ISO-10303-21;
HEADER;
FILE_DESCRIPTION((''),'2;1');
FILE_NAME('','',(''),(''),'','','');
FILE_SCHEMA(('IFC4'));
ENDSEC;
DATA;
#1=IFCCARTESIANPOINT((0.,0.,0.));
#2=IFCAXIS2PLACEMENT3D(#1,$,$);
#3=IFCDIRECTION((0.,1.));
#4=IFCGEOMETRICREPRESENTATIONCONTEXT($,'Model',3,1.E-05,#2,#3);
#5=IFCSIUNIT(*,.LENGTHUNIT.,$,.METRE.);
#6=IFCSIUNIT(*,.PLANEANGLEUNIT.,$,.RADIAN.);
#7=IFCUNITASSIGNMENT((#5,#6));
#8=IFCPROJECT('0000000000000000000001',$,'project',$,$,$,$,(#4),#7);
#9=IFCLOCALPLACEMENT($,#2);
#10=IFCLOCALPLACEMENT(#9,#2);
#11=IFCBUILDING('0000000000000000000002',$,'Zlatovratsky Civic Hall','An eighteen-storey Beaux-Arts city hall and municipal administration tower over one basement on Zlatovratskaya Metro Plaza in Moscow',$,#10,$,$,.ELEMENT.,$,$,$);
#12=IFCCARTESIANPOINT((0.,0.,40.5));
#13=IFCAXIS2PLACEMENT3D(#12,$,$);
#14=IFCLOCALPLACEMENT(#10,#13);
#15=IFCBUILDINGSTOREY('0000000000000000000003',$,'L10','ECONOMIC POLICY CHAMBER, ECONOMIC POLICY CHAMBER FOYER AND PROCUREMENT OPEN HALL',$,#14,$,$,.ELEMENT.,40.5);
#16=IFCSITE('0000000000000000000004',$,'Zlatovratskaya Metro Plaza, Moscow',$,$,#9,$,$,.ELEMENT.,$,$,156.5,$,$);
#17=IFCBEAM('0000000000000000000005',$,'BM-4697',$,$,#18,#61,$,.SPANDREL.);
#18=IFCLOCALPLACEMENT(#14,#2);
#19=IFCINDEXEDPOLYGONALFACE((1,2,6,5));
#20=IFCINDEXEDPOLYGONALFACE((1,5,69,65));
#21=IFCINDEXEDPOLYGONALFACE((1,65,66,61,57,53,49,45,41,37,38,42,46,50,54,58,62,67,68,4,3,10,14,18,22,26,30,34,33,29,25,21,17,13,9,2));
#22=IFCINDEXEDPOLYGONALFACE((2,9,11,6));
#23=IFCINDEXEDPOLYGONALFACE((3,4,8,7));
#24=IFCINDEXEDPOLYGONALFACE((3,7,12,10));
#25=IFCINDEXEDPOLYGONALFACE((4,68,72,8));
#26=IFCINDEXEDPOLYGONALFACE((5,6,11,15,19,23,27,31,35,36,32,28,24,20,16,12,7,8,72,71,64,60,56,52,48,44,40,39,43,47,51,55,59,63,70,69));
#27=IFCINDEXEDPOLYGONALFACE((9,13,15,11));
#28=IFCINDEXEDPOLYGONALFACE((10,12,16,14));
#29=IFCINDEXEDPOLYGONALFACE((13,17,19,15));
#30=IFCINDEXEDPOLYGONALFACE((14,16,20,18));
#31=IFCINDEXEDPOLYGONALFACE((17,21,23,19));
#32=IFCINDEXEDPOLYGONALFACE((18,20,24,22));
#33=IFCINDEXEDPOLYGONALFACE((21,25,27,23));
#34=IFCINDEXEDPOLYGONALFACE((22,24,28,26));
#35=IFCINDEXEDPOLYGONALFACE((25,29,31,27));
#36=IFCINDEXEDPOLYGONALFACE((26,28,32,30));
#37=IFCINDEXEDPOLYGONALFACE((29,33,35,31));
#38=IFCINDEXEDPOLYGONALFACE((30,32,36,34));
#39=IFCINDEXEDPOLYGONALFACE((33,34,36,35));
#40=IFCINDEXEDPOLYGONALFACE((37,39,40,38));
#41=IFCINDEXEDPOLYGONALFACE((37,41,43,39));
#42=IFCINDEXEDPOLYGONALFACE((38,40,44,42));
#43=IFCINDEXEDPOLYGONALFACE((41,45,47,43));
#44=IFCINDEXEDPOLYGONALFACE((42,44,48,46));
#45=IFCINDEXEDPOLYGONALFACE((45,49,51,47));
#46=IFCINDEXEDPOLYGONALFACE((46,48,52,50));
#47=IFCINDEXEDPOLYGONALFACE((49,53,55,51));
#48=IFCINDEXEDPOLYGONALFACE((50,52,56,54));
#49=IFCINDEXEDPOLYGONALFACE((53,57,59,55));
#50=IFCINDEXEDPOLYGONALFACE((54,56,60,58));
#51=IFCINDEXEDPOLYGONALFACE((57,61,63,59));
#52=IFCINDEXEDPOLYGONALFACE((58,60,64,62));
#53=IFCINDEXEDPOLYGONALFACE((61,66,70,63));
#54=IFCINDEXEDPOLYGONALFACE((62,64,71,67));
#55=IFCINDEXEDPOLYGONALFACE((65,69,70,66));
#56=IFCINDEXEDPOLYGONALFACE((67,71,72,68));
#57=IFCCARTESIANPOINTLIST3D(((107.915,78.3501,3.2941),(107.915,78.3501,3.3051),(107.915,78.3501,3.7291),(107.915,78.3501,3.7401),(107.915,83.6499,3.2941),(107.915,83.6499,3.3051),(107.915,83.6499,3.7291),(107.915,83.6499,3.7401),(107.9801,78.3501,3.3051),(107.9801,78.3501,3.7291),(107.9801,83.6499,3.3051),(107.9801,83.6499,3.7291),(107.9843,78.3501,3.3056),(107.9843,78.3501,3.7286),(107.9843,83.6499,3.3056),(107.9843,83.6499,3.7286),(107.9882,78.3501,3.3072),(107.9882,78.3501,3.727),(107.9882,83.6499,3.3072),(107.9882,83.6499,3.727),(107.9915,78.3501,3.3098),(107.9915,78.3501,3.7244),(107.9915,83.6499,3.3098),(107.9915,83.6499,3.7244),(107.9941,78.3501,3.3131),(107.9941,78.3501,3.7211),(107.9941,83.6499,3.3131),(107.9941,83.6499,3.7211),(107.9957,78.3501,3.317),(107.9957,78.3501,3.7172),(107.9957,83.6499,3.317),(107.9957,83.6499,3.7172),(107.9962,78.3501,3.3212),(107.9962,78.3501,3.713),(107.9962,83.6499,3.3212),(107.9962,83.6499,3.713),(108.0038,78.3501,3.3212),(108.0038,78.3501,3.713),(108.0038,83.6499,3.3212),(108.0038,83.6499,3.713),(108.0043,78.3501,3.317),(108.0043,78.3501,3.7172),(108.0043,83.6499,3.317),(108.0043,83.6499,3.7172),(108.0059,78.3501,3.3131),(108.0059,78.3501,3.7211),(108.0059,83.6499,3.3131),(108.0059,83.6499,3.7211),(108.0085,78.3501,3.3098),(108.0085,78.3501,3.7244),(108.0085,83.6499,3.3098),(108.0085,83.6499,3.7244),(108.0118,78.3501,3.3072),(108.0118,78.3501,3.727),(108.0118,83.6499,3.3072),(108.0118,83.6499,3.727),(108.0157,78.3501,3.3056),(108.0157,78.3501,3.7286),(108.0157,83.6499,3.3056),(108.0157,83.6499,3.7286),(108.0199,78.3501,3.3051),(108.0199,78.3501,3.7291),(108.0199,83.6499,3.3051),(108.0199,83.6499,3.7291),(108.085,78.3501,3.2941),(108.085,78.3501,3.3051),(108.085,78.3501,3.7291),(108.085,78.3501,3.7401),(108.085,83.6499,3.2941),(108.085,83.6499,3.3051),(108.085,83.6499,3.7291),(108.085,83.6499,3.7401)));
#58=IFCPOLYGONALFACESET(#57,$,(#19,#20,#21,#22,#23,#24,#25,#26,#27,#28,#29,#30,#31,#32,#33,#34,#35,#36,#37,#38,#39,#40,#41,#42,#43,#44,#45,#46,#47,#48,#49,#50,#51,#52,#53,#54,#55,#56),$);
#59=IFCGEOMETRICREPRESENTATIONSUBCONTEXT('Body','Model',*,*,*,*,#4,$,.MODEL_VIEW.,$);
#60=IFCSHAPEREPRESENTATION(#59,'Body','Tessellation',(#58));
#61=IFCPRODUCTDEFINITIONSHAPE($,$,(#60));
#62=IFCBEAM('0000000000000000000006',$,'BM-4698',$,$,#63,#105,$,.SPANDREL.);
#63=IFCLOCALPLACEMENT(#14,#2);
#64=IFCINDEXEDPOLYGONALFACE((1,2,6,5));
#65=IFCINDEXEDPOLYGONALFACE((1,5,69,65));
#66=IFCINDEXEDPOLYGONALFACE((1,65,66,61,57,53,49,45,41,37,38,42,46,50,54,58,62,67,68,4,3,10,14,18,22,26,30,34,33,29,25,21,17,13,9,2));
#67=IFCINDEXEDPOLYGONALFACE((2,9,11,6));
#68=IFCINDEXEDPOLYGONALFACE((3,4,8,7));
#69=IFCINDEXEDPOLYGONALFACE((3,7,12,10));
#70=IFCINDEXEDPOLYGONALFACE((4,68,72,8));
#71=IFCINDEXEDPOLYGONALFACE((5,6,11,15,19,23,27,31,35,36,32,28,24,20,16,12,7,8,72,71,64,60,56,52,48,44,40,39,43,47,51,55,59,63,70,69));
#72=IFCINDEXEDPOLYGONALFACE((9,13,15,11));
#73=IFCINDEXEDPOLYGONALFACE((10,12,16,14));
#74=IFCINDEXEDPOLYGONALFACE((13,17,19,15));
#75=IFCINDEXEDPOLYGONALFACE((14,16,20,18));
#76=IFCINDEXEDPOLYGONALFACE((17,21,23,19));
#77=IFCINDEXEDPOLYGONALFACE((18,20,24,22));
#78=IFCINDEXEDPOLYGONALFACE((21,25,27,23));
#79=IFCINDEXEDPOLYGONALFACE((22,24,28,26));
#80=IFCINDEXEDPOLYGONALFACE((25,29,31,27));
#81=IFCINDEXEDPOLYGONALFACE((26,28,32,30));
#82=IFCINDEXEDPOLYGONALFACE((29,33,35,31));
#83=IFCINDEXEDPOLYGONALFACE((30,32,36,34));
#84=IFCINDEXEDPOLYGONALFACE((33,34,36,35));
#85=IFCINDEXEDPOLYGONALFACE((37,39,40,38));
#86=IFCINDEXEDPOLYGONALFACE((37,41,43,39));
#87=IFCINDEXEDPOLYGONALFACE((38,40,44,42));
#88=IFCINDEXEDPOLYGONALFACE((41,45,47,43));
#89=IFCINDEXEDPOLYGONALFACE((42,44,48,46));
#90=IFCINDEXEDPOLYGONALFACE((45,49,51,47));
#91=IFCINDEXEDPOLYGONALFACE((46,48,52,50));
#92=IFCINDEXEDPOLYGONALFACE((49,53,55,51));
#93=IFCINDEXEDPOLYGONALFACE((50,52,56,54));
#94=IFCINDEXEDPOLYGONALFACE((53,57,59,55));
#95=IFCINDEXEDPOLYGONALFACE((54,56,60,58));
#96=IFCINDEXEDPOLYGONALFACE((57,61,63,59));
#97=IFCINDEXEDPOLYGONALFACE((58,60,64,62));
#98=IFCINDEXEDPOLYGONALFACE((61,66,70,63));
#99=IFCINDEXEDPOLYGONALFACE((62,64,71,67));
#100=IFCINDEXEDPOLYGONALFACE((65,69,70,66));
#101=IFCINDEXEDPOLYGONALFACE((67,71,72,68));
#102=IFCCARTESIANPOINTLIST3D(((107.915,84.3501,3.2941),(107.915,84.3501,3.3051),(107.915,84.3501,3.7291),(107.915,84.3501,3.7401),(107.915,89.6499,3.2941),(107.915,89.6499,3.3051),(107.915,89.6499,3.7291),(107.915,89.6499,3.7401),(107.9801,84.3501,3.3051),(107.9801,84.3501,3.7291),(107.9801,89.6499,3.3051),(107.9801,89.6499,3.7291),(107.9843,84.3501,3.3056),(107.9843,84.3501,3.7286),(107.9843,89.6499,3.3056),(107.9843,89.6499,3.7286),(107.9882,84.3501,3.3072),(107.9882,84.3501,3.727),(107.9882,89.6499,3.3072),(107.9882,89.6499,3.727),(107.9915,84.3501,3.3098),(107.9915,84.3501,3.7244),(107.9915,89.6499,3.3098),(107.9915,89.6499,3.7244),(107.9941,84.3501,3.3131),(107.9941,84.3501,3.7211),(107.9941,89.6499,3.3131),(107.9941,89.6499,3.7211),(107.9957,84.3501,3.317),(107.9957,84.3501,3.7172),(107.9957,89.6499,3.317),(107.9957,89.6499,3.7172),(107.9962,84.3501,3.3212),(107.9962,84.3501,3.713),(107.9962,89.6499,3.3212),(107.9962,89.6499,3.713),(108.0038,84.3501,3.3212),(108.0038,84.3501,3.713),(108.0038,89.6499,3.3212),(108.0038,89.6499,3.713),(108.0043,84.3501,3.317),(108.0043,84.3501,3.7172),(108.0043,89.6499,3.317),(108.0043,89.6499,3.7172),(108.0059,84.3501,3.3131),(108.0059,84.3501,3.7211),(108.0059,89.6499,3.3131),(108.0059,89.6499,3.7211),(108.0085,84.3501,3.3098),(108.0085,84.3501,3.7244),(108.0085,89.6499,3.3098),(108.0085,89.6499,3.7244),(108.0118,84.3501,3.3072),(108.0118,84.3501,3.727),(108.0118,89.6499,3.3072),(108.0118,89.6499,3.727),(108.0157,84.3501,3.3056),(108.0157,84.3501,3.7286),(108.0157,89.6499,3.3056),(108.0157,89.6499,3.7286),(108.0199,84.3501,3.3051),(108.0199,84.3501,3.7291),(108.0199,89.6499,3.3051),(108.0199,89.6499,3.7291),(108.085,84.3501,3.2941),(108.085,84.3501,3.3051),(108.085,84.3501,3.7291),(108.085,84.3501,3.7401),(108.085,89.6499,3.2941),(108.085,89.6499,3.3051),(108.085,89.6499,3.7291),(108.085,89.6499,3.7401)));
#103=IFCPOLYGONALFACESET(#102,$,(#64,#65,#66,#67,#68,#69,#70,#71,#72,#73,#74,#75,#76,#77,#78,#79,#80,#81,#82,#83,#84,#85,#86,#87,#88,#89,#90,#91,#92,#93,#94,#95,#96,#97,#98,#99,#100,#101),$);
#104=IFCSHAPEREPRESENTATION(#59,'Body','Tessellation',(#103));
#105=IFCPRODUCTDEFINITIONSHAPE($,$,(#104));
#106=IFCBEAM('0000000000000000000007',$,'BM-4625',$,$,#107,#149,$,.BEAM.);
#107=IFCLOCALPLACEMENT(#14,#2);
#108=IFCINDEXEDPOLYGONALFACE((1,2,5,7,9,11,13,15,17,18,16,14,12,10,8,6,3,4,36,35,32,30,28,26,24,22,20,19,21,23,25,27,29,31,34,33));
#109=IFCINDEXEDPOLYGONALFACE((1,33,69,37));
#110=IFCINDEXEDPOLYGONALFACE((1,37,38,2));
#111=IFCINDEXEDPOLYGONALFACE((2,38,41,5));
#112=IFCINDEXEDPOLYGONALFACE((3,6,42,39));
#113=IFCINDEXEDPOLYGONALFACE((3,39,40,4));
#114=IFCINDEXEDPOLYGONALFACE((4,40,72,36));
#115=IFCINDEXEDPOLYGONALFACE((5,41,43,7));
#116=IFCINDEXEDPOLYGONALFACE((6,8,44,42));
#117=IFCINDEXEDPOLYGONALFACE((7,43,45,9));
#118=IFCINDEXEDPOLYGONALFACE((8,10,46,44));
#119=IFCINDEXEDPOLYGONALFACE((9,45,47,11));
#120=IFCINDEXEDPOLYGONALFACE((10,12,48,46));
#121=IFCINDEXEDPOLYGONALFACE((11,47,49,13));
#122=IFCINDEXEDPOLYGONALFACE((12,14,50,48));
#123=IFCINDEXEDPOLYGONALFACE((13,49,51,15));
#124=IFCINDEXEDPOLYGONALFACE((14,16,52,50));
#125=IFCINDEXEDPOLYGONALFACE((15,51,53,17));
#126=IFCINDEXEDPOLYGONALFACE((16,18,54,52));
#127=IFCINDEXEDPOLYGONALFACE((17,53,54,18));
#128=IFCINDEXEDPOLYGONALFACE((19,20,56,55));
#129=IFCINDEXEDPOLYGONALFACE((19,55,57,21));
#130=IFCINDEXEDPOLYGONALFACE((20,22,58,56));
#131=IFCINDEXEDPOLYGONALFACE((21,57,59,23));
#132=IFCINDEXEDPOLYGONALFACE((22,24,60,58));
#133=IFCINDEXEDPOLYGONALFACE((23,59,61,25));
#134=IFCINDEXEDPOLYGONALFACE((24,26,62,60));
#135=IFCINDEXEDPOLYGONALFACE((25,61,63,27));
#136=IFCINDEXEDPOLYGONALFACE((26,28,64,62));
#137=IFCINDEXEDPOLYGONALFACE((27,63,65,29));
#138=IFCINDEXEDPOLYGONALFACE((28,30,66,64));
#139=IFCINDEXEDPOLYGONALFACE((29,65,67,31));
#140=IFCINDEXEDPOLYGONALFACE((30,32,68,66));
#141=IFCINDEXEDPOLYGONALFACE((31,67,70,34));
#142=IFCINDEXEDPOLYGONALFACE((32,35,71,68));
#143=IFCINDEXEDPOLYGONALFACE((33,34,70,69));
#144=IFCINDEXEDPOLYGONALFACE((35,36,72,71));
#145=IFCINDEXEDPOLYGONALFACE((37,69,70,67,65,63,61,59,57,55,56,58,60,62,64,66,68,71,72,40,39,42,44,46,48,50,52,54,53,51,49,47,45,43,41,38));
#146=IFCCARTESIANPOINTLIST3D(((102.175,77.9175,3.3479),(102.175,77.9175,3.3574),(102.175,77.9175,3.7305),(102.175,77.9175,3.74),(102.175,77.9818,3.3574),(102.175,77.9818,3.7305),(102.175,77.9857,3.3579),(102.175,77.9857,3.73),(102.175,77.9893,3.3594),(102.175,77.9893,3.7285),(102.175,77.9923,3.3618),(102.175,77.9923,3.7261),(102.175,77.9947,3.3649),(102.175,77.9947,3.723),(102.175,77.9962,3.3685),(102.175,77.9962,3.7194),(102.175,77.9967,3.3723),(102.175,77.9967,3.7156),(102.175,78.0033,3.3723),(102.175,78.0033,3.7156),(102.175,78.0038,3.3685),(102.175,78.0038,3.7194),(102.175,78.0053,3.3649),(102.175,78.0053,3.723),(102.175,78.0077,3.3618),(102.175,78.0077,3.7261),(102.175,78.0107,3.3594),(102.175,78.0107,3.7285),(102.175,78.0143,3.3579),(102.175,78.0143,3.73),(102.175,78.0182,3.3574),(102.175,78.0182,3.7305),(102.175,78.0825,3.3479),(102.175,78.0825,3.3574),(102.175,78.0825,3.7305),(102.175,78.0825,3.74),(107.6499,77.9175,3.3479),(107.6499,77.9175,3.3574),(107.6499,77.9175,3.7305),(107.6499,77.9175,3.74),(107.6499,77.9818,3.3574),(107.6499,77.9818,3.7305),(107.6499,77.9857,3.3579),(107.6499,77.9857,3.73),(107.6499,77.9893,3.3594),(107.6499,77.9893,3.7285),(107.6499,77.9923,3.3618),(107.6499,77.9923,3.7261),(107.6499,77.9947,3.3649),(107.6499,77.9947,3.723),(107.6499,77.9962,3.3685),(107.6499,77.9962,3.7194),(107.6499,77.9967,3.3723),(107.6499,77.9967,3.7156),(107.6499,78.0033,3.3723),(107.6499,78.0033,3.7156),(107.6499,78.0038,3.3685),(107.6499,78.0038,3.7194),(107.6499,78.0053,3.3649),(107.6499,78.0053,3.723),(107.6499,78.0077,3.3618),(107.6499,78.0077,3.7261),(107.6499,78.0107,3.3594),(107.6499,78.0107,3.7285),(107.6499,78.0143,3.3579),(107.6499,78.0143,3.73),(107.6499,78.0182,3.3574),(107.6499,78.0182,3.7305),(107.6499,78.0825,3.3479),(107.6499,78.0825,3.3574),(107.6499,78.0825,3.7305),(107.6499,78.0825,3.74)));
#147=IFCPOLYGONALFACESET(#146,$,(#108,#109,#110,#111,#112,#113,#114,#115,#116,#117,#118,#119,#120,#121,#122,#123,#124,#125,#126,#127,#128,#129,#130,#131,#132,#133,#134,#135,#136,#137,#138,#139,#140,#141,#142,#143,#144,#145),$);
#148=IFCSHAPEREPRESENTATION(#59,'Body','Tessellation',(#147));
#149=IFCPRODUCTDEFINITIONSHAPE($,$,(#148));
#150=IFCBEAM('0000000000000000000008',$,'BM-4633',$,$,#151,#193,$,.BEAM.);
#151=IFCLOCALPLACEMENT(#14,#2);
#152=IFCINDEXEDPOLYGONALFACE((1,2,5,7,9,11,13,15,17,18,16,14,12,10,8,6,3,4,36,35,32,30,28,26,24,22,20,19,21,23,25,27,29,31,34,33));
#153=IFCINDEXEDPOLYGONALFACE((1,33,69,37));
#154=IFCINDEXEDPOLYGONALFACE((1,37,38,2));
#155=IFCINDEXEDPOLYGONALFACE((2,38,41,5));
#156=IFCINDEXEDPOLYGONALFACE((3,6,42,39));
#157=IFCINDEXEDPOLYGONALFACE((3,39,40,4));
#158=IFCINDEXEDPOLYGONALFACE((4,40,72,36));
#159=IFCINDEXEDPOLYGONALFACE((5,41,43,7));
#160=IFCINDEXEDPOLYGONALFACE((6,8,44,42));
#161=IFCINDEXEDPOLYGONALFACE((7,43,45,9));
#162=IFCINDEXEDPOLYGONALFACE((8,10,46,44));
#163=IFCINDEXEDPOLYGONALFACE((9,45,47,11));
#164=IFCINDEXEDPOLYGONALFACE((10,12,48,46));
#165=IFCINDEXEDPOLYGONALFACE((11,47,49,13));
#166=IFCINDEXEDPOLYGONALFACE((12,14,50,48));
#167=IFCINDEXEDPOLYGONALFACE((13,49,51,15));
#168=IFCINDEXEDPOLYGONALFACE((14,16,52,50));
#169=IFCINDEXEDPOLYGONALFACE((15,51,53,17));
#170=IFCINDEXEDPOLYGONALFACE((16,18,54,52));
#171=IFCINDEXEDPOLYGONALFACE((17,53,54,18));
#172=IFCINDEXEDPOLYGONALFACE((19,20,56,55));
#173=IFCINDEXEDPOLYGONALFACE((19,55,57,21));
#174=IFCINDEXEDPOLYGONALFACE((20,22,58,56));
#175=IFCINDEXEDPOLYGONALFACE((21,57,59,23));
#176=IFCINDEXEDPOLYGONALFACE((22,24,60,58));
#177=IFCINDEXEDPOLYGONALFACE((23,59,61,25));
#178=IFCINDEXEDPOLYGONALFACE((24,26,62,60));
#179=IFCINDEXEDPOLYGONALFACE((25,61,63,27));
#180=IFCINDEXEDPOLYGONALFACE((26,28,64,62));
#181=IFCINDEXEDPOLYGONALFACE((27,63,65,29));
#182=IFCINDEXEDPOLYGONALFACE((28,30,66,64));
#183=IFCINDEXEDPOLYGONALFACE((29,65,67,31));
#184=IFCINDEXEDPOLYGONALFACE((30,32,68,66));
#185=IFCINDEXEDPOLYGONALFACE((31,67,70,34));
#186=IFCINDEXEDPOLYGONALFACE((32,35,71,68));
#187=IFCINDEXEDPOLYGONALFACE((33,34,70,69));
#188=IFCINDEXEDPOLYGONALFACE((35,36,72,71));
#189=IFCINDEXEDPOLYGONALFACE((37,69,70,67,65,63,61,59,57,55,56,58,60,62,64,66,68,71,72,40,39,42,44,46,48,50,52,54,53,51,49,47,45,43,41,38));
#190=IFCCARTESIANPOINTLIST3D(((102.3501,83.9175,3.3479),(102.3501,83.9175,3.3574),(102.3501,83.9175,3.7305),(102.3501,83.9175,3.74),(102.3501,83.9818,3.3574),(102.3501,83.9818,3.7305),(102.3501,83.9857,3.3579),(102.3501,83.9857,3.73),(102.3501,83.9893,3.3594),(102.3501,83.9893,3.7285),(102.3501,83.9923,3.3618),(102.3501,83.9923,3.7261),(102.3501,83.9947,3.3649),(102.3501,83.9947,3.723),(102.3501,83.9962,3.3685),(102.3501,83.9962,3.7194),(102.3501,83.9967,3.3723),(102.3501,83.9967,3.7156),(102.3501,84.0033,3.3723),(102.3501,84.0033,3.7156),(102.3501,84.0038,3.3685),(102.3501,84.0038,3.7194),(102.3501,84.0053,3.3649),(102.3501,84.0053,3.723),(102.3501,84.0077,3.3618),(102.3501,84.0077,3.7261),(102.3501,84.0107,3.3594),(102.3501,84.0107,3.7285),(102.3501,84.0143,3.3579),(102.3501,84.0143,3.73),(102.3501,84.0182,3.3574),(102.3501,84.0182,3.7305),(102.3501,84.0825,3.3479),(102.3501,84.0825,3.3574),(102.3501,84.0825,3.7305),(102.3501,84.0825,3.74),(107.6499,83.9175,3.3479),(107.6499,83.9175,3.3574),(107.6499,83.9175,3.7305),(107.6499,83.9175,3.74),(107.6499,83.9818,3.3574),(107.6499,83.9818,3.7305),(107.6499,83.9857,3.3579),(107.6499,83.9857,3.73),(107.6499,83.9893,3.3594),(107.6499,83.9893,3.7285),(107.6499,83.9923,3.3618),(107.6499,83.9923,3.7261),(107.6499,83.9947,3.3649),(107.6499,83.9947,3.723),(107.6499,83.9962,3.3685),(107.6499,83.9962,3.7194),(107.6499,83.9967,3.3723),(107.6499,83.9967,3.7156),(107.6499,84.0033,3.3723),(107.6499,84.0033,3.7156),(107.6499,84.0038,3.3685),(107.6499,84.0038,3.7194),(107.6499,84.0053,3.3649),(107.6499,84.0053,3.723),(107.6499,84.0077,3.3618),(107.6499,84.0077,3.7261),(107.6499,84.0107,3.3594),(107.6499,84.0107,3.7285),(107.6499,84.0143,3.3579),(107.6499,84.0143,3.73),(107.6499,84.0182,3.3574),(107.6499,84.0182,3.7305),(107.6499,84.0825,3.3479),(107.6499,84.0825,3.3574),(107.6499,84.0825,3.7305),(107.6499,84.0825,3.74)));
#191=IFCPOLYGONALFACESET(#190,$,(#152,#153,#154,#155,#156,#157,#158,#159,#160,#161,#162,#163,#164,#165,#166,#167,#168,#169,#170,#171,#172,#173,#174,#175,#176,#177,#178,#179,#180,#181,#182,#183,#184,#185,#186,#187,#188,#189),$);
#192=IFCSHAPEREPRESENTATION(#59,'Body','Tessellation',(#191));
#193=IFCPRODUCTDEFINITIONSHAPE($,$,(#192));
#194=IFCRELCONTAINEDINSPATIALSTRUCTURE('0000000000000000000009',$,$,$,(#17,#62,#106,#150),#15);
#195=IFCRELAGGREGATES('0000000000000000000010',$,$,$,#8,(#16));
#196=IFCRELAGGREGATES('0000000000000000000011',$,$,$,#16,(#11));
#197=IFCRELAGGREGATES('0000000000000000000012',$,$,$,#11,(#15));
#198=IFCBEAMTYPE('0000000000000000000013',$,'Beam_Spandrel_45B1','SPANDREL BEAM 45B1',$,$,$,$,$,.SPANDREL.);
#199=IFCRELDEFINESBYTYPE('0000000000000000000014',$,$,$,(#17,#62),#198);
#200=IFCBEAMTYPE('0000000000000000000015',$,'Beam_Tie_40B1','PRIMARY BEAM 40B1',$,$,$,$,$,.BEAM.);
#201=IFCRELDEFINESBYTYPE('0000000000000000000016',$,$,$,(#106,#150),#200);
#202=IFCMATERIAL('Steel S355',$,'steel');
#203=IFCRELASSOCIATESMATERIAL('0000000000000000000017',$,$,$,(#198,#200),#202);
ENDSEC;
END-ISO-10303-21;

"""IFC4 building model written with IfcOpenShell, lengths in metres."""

from ifc_helpers import new_model, si_unit, direction, frame, origin, origin_2d, place, context, subcontext, project, spatial, i_section, extrude, material, material_profile, profile_set, type_object, element, save


model = new_model("IFC4")

# Units and contexts
model_context = context("Model", 3, precision=1e-05, world=origin(), true_north=direction((0.0, 1.0)))
body_context = subcontext(model_context, "Body", "Model", "MODEL_VIEW")
ifc_project = project(units=[si_unit("LENGTHUNIT", "METRE"), si_unit("PLANEANGLEUNIT", "RADIAN")], contexts=[model_context])

# Site, building, storey
site_placement = place(None, origin())
site = spatial("IfcSite", under=ifc_project, at=site_placement, Name="Zlatovratskaya Metro Plaza, Moscow", CompositionType="ELEMENT", RefElevation=156.5)
building_placement = place(site_placement, origin())
building = spatial("IfcBuilding", under=site, at=building_placement, Name="Zlatovratsky Civic Hall", Description="An eighteen-storey Beaux-Arts city hall and municipal administration tower over one basement on Zlatovratskaya Metro Plaza in Moscow", CompositionType="ELEMENT")
storey_placement = place(building_placement, frame((0.0, 0.0, 40.5)))
storey = spatial("IfcBuildingStorey", under=building, at=storey_placement, Name="L10", Description="ECONOMIC POLICY CHAMBER, ECONOMIC POLICY CHAMBER FOYER AND PROCUREMENT OPEN HALL", CompositionType="ELEMENT", Elevation=40.5)

# Shared definitions
ifc_material_1 = material(Name="Steel S355", Category="steel")

# Beams
ifc_material_profile_1 = material_profile(ifc_material_1, i_section(OverallWidth=0.1699, OverallDepth=0.446, WebThickness=0.0076, FlangeThickness=0.011, FilletRadius=0.0161, at=origin_2d()), Name="45B1")
ifc_profile_set_1 = profile_set([ifc_material_profile_1], Name="Steel S355")
beam_type_1 = type_object("IfcBeamType", Name="Beam_Spandrel_45B1", Description="SPANDREL BEAM 45B1", PredefinedType="SPANDREL", material=ifc_profile_set_1)
for number, where, z_axis, x_axis, name in (
    (1, (108.0, 78.3501, 3.5171), (0.0, 1.0, 0.0), (-1.0, 0.0, 0.0), "BM-4697"),
    (2, (108.0, 84.3501, 3.5171), (0.0, 1.0, 0.0), (-1.0, 0.0, 0.0), "BM-4698"),
):
    element("IfcBeam", number, at=place(storey_placement, frame(where, z_axis=z_axis, x_axis=x_axis)), inside=storey, type_object=beam_type_1, Name=name, PredefinedType="SPANDREL", context=body_context, shape_type="SweptSolid", body=[
        extrude(i_section(OverallWidth=0.1699, OverallDepth=0.446, WebThickness=0.0076, FlangeThickness=0.011, FilletRadius=0.0161, at=origin_2d()), origin(), (0.0, 0.0, 1.0), 5.2998),
    ])
ifc_material_profile_2 = material_profile(ifc_material_1, i_section(OverallWidth=0.165, OverallDepth=0.3921, WebThickness=0.0066, FlangeThickness=0.0095, FilletRadius=0.0149, at=origin_2d()), Name="40B1")
ifc_profile_set_2 = profile_set([ifc_material_profile_2], Name="Steel S355")
beam_type_2 = type_object("IfcBeamType", Name="Beam_Tie_40B1", Description="PRIMARY BEAM 40B1", PredefinedType="BEAM", material=ifc_profile_set_2)
beam_1_placement = place(storey_placement, frame((102.175, 78.0, 3.5439), z_axis=(1.0, 0.0, 0.0), x_axis=(0.0, 1.0, 0.0)))
element("IfcBeam", 3, at=beam_1_placement, inside=storey, type_object=beam_type_2, Name="BM-4625", PredefinedType="BEAM", context=body_context, shape_type="SweptSolid", body=[
    extrude(i_section(OverallWidth=0.165, OverallDepth=0.3921, WebThickness=0.0066, FlangeThickness=0.0095, FilletRadius=0.0149, at=origin_2d()), origin(), (0.0, 0.0, 1.0), 5.4749),
])
beam_2_placement = place(storey_placement, frame((102.3501, 84.0, 3.5439), z_axis=(1.0, 0.0, 0.0), x_axis=(0.0, 1.0, 0.0)))
element("IfcBeam", 4, at=beam_2_placement, inside=storey, type_object=beam_type_2, Name="BM-4633", PredefinedType="BEAM", context=body_context, shape_type="SweptSolid", body=[
    extrude(i_section(OverallWidth=0.165, OverallDepth=0.3921, WebThickness=0.0066, FlangeThickness=0.0095, FilletRadius=0.0149, at=origin_2d()), origin(), (0.0, 0.0, 1.0), 5.2998),
])

save(model, "model.ifc")
